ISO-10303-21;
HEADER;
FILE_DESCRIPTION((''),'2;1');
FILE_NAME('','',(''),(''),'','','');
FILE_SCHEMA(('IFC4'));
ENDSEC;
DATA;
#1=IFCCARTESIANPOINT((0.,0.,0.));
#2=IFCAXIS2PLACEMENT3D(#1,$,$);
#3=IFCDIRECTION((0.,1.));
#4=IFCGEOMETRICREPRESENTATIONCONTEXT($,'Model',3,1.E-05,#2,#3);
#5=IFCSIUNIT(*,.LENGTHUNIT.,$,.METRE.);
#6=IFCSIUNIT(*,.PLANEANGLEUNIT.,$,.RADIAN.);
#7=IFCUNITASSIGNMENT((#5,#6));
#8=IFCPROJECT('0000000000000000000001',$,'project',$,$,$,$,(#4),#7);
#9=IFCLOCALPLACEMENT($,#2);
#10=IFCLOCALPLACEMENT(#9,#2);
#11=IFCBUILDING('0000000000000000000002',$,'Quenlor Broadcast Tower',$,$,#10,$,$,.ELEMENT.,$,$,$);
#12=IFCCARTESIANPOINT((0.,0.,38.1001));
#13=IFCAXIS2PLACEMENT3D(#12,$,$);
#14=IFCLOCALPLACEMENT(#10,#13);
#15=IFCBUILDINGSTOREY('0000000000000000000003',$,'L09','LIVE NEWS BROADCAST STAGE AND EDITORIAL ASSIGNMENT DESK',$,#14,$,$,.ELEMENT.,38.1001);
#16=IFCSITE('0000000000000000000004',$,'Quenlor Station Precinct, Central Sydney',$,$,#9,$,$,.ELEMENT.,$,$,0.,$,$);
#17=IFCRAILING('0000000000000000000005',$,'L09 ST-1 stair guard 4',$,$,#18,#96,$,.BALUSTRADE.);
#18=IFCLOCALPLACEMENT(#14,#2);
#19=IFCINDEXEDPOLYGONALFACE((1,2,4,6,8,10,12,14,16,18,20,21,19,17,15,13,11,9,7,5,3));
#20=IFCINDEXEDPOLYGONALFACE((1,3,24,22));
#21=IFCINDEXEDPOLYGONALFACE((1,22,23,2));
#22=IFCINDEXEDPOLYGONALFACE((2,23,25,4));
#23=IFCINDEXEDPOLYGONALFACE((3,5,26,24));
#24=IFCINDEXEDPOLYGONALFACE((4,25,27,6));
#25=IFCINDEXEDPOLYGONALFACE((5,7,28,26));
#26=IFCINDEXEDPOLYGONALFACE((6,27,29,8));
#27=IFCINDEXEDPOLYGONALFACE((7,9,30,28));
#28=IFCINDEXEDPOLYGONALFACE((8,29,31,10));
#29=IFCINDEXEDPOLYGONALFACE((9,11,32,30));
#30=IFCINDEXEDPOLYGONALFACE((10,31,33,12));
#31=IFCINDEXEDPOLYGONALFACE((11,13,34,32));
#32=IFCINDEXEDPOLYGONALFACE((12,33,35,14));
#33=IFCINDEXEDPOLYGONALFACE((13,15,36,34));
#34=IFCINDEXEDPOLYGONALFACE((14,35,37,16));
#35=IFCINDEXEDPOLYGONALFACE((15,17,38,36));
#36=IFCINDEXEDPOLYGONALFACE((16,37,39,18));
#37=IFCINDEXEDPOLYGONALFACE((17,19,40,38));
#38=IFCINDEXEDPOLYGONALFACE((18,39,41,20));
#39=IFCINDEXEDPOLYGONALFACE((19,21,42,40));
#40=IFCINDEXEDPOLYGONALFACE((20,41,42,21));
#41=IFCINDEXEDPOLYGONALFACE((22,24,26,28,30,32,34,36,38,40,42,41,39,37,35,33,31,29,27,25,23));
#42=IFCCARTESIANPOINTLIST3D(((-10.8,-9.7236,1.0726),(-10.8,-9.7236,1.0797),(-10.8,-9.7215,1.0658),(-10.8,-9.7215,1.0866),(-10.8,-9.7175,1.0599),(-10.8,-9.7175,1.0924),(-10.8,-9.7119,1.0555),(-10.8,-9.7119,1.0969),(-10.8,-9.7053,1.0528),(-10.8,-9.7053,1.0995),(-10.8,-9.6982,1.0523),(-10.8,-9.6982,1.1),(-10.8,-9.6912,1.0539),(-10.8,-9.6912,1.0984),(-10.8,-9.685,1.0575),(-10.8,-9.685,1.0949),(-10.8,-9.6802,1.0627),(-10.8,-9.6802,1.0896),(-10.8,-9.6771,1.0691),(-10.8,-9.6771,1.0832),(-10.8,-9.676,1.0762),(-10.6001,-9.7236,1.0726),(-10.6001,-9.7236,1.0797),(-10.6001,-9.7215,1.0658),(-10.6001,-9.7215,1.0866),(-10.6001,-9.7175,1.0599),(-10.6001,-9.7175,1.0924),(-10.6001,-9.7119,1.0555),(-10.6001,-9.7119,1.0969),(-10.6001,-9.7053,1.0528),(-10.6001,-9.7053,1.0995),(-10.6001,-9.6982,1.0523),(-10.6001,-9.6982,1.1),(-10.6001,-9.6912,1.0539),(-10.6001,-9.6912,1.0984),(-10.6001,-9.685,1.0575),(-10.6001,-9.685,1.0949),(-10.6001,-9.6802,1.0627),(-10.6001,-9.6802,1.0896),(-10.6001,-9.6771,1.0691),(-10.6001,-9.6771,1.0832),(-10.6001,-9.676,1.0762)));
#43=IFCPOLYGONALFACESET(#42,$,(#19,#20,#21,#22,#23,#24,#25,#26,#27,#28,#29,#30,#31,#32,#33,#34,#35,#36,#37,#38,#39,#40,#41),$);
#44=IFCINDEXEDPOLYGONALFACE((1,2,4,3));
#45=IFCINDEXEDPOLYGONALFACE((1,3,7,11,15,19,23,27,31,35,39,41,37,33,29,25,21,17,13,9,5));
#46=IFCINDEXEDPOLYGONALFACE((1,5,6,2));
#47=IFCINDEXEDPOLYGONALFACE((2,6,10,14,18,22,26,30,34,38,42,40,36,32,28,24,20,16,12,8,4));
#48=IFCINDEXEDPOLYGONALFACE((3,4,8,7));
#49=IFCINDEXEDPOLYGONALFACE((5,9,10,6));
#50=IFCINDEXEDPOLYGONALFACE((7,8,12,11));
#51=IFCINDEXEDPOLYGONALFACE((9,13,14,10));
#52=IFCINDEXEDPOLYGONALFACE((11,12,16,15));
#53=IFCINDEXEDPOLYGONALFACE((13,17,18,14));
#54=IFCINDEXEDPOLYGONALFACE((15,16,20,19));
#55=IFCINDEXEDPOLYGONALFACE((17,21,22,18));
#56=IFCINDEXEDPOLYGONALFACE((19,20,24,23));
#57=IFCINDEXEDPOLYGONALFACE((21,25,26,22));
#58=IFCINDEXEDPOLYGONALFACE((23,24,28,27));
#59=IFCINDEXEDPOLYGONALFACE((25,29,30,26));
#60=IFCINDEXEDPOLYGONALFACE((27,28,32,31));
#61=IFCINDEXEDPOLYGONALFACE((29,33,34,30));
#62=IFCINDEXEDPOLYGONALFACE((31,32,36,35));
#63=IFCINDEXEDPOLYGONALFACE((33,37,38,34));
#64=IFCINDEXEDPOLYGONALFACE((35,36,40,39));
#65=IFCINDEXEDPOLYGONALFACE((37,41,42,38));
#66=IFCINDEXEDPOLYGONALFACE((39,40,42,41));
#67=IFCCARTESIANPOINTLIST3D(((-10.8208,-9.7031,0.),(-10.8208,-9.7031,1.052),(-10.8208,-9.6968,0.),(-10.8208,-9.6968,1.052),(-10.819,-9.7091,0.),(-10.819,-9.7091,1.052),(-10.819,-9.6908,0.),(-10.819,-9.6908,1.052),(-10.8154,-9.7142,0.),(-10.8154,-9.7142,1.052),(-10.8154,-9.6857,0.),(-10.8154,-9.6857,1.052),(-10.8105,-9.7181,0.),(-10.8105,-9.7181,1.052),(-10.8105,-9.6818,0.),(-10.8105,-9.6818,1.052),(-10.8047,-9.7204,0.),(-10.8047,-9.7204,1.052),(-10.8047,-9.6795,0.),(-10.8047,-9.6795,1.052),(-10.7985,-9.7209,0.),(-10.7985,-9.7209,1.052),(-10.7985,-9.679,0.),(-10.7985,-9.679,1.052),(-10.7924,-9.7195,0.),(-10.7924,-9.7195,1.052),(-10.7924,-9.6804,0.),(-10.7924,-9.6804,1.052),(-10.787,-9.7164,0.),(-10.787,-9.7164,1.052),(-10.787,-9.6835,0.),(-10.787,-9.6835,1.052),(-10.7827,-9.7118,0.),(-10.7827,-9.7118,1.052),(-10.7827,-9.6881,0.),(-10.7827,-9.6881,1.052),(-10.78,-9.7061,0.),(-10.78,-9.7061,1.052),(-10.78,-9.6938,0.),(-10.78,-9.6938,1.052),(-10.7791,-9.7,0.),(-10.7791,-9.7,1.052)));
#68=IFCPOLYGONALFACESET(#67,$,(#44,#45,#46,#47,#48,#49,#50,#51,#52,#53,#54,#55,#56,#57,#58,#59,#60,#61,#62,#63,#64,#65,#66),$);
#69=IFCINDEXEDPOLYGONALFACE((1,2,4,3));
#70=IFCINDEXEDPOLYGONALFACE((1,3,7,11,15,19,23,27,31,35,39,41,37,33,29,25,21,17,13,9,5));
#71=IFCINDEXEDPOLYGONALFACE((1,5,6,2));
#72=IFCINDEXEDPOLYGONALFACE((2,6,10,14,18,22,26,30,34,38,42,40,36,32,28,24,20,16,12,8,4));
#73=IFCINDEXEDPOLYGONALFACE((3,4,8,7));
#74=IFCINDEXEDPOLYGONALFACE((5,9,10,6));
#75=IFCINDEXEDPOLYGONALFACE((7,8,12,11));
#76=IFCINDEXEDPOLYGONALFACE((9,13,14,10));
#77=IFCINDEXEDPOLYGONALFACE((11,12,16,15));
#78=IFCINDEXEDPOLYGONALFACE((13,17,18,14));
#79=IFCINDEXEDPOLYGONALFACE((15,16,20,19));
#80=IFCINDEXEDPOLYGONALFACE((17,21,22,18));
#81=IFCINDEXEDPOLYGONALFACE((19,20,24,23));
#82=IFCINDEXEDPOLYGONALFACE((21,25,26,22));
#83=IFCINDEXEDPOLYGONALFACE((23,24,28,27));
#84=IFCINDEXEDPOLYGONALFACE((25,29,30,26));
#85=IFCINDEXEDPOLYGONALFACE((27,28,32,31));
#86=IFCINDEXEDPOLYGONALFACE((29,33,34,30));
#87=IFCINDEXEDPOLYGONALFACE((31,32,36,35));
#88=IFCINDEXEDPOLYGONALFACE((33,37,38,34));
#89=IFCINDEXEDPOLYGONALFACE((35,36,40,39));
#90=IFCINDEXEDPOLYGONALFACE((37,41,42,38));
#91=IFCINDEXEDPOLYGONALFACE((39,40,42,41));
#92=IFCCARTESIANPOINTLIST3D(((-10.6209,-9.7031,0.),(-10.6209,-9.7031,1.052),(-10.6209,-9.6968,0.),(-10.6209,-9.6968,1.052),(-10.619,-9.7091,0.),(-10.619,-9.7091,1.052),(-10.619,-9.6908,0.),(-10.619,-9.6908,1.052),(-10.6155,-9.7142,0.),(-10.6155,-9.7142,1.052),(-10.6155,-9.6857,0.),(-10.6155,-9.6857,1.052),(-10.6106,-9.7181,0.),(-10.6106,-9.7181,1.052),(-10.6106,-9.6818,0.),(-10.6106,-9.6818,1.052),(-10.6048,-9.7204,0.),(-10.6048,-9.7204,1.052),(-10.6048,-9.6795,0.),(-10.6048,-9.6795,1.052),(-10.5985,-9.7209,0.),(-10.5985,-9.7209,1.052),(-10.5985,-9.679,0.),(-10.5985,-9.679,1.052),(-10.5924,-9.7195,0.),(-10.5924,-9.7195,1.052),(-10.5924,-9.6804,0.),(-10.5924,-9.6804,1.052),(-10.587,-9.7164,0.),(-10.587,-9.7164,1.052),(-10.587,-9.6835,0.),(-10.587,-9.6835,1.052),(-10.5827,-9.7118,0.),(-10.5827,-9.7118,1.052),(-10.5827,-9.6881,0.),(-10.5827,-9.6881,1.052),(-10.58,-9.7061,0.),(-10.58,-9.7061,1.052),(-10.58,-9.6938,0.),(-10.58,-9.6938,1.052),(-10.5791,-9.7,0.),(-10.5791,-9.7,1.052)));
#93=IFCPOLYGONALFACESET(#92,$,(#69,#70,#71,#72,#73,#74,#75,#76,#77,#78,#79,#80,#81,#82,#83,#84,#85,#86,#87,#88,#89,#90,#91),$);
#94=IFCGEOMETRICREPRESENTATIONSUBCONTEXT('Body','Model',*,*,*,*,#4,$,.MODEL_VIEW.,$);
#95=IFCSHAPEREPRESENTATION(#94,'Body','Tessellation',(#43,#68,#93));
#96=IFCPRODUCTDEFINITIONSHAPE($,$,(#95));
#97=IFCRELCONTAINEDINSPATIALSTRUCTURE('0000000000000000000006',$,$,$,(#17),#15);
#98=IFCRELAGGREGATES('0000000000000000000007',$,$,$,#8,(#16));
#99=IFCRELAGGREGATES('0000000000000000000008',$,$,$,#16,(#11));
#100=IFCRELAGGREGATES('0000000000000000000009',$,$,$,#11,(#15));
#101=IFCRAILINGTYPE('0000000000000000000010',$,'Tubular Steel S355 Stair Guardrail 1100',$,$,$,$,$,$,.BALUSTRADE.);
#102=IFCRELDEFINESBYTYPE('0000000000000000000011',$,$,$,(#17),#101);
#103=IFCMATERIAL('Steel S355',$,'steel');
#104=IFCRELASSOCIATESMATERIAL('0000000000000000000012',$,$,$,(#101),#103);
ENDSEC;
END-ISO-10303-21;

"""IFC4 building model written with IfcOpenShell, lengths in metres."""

from ifc_helpers import new_model, si_unit, direction, frame, origin, origin_2d, place, context, subcontext, project, spatial, circle, extrude, material, type_object, element, save


model = new_model("IFC4")

# Units and contexts
model_context = context("Model", 3, precision=1e-05, world=origin(), true_north=direction((0.0, 1.0)))
body_context = subcontext(model_context, "Body", "Model", "MODEL_VIEW")
ifc_project = project(units=[si_unit("LENGTHUNIT", "METRE"), si_unit("PLANEANGLEUNIT", "RADIAN")], contexts=[model_context])

# Site, building, storey
site_placement = place(None, origin())
site = spatial("IfcSite", under=ifc_project, at=site_placement, Name="Quenlor Station Precinct, Central Sydney", CompositionType="ELEMENT", RefElevation=0.0)
building_placement = place(site_placement, origin())
building = spatial("IfcBuilding", under=site, at=building_placement, Name="Quenlor Broadcast Tower", CompositionType="ELEMENT")
storey_placement = place(building_placement, frame((0.0, 0.0, 38.1001)))
storey = spatial("IfcBuildingStorey", under=building, at=storey_placement, Name="L09", Description="LIVE NEWS BROADCAST STAGE AND EDITORIAL ASSIGNMENT DESK", CompositionType="ELEMENT", Elevation=38.1001)

# Railing
ifc_material_1 = material(Name="Steel S355", Category="steel")
railing_type_1 = type_object("IfcRailingType", Name="Tubular Steel S355 Stair Guardrail 1100", PredefinedType="BALUSTRADE", material=ifc_material_1)
railing_1_placement = place(storey_placement, frame((-10.8, -9.7, 0.0)))
element("IfcRailing", 1, at=railing_1_placement, inside=storey, type_object=railing_type_1, Name="L09 ST-1 stair guard 4", PredefinedType="BALUSTRADE", context=body_context, shape_type="SweptSolid", body=[
    extrude(circle(Radius=0.0239, at=origin_2d()), frame((0.0, 0.0, 1.0762), z_axis=(1.0, 0.0, 0.0), x_axis=(0.0, 1.0, 0.0)), (0.0, 0.0, 1.0), 0.2),
    extrude(circle(Radius=0.021, at=origin_2d()), origin(), (0.0, 0.0, 1.0), 1.052),
    extrude(circle(Radius=0.021, at=origin_2d()), frame((0.2, 0.0, 0.0)), (0.0, 0.0, 1.0), 1.052),
])

save(model, "model.ifc")
